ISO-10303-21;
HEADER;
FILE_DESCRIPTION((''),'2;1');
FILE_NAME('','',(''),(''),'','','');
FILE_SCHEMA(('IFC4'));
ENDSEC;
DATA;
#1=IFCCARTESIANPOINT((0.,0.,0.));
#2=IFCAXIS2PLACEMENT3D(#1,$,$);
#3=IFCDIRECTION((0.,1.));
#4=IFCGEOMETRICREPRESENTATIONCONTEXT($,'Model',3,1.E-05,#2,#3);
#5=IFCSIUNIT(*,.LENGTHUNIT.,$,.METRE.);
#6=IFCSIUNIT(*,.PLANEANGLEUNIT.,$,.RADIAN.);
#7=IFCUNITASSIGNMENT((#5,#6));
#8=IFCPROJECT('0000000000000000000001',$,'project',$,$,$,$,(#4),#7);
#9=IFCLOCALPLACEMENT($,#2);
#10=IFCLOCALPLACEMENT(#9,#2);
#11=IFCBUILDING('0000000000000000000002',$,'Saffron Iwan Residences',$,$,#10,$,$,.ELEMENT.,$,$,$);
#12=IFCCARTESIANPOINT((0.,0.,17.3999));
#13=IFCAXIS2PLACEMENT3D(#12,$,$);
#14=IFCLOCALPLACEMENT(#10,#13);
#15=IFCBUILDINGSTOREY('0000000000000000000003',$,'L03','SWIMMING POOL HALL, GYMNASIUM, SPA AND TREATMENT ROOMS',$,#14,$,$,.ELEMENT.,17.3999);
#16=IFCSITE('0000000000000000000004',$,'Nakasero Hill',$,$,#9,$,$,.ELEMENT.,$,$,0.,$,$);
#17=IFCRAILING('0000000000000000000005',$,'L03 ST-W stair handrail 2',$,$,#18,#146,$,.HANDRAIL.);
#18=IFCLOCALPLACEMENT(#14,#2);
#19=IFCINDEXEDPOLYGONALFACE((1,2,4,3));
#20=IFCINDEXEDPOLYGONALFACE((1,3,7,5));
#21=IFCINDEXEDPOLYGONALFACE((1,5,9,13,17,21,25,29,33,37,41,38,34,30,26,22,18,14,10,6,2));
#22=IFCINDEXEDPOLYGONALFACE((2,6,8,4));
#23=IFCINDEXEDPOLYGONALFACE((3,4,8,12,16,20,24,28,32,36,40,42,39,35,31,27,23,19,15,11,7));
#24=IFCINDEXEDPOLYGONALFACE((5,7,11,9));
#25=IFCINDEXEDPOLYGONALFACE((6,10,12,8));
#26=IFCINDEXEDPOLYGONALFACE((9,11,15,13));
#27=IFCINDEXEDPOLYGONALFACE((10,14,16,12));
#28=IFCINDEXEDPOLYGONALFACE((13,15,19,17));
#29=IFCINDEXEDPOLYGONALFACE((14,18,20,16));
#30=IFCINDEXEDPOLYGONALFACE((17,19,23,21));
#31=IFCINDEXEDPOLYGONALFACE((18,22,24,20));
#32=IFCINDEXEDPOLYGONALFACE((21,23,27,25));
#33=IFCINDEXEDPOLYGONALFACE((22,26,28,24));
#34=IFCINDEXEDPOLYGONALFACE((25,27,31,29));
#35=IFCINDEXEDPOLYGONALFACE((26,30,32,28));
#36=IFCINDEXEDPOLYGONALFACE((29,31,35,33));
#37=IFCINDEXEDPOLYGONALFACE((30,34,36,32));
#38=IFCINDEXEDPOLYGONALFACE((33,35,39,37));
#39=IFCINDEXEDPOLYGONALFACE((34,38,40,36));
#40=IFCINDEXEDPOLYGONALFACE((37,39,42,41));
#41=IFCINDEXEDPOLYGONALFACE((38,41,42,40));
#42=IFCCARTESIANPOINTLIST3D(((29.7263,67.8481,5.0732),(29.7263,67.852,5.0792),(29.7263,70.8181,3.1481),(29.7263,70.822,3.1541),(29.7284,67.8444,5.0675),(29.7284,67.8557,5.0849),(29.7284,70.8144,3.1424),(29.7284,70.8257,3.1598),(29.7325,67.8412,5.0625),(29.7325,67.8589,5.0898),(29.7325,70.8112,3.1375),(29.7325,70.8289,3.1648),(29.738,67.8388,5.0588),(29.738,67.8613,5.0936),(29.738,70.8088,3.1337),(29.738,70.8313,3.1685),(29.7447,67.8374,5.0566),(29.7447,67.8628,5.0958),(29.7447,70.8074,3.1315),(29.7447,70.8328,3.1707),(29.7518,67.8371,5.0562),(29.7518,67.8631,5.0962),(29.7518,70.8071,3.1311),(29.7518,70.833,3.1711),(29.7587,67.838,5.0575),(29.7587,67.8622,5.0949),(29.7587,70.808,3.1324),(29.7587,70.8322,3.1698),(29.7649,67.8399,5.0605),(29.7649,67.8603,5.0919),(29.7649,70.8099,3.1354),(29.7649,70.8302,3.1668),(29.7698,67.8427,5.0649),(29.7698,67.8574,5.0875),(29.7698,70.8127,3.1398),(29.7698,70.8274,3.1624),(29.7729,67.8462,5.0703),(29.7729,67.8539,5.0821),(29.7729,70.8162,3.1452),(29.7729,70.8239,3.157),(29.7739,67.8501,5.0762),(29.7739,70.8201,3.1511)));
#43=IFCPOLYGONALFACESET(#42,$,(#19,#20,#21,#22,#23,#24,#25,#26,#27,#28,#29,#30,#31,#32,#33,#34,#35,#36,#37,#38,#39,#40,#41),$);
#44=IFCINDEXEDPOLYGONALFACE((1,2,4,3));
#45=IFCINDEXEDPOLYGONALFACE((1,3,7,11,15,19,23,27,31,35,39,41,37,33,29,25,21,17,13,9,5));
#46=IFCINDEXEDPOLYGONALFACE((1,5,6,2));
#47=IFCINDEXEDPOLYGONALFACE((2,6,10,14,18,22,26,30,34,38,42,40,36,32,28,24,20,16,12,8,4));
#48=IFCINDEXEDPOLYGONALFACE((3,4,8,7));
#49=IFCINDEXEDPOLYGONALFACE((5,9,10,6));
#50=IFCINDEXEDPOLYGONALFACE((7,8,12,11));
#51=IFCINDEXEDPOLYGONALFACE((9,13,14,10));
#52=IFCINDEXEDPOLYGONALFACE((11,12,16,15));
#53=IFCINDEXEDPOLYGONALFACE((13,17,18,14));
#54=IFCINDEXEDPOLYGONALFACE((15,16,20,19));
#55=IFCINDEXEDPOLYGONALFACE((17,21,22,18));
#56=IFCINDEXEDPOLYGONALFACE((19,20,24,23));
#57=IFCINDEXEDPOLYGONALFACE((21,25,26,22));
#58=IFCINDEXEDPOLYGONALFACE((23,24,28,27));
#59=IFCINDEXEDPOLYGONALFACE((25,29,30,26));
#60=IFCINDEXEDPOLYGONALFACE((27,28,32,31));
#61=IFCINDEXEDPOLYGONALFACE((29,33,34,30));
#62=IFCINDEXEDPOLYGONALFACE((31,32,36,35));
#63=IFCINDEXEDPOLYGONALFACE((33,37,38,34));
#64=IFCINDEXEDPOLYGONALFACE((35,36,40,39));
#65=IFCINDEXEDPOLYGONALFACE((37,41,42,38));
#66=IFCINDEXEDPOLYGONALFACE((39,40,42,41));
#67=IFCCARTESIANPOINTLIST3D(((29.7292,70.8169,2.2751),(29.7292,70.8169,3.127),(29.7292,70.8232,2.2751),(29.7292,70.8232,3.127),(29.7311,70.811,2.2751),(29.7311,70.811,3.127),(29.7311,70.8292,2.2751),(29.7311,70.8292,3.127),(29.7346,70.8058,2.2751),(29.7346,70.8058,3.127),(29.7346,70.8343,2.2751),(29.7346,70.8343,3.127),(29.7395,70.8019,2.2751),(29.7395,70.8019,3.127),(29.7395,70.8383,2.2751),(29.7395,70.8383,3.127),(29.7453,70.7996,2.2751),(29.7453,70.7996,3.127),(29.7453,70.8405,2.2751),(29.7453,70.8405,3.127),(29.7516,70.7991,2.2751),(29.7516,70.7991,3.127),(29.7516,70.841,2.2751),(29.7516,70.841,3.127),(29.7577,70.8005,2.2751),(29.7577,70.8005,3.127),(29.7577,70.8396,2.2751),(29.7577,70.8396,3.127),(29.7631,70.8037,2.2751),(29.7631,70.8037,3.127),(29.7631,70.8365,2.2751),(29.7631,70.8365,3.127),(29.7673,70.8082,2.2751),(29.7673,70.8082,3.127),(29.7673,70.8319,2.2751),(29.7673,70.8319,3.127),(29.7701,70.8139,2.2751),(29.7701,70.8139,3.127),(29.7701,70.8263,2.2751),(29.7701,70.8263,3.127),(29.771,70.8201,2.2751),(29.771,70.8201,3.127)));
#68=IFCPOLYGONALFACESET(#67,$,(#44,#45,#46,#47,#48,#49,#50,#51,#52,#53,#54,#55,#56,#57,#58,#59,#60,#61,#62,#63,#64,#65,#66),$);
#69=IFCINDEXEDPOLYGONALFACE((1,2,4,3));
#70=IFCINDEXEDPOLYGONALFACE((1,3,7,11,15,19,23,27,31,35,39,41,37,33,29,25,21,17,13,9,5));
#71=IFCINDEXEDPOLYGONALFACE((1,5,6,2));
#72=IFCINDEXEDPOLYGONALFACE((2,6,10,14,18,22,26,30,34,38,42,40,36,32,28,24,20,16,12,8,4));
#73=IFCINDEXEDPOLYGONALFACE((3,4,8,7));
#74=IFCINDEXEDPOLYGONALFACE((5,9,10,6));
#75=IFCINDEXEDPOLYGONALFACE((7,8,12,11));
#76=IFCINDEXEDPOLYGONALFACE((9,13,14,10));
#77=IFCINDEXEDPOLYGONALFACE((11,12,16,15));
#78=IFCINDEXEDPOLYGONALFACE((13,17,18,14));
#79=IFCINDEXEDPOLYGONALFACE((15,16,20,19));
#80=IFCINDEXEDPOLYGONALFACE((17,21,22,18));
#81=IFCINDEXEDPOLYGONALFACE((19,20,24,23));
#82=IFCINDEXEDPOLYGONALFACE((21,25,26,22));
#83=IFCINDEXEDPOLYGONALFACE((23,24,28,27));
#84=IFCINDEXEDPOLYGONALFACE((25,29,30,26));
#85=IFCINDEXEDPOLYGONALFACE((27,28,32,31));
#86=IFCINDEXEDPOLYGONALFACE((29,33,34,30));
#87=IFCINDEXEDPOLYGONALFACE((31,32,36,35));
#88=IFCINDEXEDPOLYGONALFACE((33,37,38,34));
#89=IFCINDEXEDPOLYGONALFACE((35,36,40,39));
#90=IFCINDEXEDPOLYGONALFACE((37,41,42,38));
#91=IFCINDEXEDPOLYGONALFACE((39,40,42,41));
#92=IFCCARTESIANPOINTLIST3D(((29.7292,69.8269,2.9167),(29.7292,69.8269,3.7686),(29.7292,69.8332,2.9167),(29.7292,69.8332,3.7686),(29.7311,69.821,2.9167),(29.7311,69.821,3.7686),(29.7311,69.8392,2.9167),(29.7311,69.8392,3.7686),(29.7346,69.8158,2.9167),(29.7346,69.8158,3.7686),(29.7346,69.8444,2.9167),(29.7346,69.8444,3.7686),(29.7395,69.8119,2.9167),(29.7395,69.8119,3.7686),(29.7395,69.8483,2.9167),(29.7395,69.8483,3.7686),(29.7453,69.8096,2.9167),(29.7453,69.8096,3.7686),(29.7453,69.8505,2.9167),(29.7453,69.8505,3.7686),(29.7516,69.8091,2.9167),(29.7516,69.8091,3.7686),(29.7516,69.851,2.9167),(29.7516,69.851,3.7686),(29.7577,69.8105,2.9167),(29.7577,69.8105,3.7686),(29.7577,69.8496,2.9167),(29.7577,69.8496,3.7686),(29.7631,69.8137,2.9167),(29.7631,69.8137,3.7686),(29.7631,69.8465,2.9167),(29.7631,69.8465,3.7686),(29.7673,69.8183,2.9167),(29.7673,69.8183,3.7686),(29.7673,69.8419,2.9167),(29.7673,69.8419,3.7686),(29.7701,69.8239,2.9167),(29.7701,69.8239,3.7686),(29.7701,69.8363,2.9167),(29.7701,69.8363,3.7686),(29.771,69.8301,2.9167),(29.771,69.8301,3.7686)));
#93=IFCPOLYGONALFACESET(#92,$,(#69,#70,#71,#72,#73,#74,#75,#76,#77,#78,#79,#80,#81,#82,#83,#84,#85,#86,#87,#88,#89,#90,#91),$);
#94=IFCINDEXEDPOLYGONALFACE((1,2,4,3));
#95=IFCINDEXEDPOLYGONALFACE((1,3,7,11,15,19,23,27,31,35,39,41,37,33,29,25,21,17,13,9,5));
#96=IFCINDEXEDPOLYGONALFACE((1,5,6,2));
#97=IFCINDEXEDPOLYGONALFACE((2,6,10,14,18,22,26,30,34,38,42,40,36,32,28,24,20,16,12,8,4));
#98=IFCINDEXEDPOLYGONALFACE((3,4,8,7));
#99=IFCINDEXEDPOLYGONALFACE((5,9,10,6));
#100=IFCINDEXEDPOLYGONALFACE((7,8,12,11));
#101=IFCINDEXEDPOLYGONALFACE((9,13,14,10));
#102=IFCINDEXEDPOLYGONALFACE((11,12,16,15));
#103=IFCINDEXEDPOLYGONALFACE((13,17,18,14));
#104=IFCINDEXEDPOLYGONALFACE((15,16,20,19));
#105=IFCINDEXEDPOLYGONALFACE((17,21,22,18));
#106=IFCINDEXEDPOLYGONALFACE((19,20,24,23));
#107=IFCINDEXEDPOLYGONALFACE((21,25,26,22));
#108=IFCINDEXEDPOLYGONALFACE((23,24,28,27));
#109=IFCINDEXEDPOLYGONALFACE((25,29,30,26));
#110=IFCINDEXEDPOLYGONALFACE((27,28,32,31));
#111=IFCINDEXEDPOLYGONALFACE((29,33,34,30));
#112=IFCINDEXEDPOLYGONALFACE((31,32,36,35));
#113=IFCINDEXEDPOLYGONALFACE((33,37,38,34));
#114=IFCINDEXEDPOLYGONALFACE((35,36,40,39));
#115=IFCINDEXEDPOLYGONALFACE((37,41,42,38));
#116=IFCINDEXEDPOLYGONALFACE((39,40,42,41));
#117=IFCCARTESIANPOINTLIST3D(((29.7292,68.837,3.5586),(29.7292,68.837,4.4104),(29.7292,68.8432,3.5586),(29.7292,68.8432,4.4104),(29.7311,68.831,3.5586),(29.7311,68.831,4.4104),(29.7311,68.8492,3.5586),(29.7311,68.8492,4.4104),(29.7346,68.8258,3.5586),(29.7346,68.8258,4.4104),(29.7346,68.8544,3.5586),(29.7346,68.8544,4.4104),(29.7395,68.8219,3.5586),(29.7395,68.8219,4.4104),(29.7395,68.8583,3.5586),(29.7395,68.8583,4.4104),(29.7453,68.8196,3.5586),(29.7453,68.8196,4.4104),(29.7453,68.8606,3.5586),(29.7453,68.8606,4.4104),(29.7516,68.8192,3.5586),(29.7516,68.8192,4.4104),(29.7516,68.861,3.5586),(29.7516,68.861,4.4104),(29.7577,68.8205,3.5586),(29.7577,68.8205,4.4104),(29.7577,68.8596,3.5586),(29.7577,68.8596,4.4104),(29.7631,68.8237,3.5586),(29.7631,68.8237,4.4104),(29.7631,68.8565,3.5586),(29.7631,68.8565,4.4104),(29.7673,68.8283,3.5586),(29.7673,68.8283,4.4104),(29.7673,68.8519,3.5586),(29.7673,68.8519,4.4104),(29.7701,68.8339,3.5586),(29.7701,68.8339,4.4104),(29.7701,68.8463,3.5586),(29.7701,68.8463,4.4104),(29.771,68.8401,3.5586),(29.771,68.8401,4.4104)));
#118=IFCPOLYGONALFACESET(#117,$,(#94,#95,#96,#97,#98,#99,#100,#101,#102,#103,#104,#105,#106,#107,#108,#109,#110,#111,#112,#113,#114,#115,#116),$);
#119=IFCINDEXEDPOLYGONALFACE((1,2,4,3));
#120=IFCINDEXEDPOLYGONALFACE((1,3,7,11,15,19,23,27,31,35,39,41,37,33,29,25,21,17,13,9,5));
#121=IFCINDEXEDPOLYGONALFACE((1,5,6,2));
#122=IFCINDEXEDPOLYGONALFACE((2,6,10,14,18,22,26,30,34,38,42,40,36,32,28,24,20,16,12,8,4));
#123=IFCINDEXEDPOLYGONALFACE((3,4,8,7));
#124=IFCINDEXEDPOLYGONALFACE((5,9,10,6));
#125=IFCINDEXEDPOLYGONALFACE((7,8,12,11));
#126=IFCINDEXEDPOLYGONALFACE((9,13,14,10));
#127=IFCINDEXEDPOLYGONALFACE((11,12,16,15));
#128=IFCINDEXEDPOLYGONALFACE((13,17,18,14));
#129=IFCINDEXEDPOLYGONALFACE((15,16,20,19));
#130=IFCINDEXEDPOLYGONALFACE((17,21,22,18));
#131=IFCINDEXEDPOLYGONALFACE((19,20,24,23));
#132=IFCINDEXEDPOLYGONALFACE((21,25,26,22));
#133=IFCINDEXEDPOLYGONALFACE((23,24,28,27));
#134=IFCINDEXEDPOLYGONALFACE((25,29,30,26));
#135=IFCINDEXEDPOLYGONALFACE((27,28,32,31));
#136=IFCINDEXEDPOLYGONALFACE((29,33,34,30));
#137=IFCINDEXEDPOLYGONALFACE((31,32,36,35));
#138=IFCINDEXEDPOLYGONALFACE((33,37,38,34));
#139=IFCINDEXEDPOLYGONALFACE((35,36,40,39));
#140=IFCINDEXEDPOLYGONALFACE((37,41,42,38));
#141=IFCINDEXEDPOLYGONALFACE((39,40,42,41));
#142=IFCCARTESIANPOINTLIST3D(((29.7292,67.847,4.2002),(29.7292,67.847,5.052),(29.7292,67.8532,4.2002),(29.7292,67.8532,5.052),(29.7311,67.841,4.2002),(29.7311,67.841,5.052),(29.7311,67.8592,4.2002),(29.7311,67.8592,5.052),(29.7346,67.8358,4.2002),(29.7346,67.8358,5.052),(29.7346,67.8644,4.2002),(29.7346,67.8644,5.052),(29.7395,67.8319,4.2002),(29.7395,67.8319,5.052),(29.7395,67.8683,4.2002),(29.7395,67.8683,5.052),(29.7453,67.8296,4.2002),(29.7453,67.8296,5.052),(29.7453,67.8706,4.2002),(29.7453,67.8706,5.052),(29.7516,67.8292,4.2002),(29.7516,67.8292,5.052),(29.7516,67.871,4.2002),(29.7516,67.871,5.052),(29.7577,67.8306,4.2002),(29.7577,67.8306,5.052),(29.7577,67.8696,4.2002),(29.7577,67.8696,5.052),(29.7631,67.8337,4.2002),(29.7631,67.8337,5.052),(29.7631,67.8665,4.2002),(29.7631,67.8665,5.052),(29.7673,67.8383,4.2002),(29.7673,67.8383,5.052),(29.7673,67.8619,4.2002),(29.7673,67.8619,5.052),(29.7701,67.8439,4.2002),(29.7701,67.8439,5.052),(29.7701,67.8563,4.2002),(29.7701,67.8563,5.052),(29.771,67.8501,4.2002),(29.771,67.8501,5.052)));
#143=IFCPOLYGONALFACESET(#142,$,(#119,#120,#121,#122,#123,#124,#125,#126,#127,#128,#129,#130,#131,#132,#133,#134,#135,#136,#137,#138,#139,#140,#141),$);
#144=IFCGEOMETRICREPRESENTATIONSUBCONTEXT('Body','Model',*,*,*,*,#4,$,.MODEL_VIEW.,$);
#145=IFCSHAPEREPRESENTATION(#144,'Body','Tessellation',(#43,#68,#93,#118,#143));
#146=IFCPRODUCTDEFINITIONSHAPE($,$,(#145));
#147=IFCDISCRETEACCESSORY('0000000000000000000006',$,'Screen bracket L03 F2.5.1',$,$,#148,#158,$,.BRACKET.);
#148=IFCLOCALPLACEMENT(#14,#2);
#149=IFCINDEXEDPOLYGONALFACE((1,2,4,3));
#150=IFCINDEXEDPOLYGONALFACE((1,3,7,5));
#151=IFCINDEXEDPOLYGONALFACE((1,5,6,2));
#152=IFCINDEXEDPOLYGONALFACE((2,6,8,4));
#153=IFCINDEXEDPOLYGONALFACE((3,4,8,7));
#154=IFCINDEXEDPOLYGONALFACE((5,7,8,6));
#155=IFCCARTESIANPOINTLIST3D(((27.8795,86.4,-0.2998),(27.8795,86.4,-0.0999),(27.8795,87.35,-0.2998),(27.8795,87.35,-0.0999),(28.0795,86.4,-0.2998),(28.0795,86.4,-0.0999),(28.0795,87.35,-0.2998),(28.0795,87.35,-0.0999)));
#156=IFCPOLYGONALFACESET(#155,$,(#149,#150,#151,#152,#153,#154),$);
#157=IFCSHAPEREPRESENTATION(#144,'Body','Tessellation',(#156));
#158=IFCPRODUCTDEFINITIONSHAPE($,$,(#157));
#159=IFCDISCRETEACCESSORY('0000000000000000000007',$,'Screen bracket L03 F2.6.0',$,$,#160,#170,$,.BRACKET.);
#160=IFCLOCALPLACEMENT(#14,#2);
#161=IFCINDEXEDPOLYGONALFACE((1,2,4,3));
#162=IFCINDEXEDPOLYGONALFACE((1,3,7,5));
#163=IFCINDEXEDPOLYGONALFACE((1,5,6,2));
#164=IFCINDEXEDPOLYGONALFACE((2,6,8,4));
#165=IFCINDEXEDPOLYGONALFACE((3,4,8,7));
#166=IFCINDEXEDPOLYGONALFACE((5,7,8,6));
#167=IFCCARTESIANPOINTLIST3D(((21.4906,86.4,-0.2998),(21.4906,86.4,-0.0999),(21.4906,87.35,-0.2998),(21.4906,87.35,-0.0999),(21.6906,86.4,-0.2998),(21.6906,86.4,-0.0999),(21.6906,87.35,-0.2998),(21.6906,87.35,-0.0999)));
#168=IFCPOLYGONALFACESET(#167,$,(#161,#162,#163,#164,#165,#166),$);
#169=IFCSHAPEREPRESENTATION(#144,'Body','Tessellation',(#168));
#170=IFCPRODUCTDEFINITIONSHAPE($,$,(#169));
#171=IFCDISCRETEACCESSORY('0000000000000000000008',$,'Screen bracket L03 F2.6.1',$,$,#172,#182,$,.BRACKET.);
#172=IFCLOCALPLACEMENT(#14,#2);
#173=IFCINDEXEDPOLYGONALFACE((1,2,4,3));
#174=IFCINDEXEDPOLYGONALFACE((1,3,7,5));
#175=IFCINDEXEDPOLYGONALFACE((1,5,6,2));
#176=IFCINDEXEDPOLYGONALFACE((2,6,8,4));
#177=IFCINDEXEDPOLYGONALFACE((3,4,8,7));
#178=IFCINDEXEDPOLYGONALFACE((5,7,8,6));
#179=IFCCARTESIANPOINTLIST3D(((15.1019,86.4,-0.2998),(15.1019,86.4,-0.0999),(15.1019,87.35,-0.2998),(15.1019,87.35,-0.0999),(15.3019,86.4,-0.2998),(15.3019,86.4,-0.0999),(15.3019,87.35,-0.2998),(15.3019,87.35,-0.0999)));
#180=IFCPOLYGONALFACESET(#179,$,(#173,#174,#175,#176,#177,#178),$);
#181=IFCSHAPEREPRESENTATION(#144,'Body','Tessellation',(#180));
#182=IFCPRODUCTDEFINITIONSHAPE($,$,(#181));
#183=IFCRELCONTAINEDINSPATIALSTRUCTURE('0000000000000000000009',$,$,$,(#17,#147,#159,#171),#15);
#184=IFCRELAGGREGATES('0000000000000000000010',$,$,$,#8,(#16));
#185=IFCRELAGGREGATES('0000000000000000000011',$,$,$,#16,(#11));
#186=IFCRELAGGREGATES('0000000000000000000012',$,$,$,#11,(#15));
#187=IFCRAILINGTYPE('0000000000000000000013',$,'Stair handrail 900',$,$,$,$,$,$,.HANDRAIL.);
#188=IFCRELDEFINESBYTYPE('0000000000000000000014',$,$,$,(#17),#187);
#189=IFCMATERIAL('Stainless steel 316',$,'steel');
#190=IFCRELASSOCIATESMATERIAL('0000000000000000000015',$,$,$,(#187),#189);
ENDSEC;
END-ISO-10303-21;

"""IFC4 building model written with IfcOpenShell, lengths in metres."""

from ifc_helpers import new_model, si_unit, direction, frame, origin, origin_2d, place, context, subcontext, project, spatial, rectangle, circle, extrude, source, transform, mapped, material, type_object, element, save


model = new_model("IFC4")

# Units and contexts
model_context = context("Model", 3, precision=1e-05, world=origin(), true_north=direction((0.0, 1.0)))
body_context = subcontext(model_context, "Body", "Model", "MODEL_VIEW")
ifc_project = project(units=[si_unit("LENGTHUNIT", "METRE"), si_unit("PLANEANGLEUNIT", "RADIAN")], contexts=[model_context])

# Site, building, storey
site_placement = place(None, origin())
site = spatial("IfcSite", under=ifc_project, at=site_placement, Name="Nakasero Hill", CompositionType="ELEMENT", RefElevation=0.0)
building_placement = place(site_placement, origin())
building = spatial("IfcBuilding", under=site, at=building_placement, Name="Saffron Iwan Residences", CompositionType="ELEMENT")
storey_placement = place(building_placement, frame((0.0, 0.0, 17.3999)))
storey = spatial("IfcBuildingStorey", under=building, at=storey_placement, Name="L03", Description="SWIMMING POOL HALL, GYMNASIUM, SPA AND TREATMENT ROOMS", CompositionType="ELEMENT", Elevation=17.3999)

# Railing
ifc_material_1 = material(Name="Stainless steel 316", Category="steel")
railing_type_1 = type_object("IfcRailingType", Name="Stair handrail 900", PredefinedType="HANDRAIL", material=ifc_material_1)
railing_1_placement = place(storey_placement, frame((29.75, 70.8201, 2.2751)))
element("IfcRailing", 1, at=railing_1_placement, inside=storey, type_object=railing_type_1, Name="L03 ST-W stair handrail 2", PredefinedType="HANDRAIL", context=body_context, shape_type="SweptSolid", body=[
    extrude(circle(Radius=0.0239, at=origin_2d()), frame((0.0, 0.0, 0.876), z_axis=(0.0, -0.839144, 0.543909), x_axis=(1.0, 0.0, 0.0)), (0.0, 0.0, 1.0), 3.5393),
    extrude(circle(Radius=0.021, at=origin_2d()), origin(), (0.0, 0.0, 1.0), 0.8518),
    extrude(circle(Radius=0.021, at=origin_2d()), frame((0.0, -0.99, 0.6416)), (0.0, 0.0, 1.0), 0.8518),
    extrude(circle(Radius=0.021, at=origin_2d()), frame((0.0, -1.98, 1.2834)), (0.0, 0.0, 1.0), 0.8518),
    extrude(circle(Radius=0.021, at=origin_2d()), frame((0.0, -2.97, 1.925)), (0.0, 0.0, 1.0), 0.8518),
])

# Discrete accessories
shared_shape_1 = source(origin(), body_context, "Body", "SweptSolid", [
    extrude(rectangle(XDim=0.95, YDim=0.2, at=origin_2d()), origin(), (0.0, 0.0, 1.0), 0.2),
])
for number, where, z_axis, x_axis, name in (
    (2, (27.9795, 86.875, -0.2998), (0.0, 0.0, 1.0), (0.0, 1.0, 0.0), "Screen bracket L03 F2.5.1"),
    (3, (21.5906, 86.875, -0.2998), (0.0, 0.0, 1.0), (0.0, 1.0, 0.0), "Screen bracket L03 F2.6.0"),
    (4, (15.2019, 86.875, -0.2998), (0.0, 0.0, 1.0), (0.0, 1.0, 0.0), "Screen bracket L03 F2.6.1"),
):
    element("IfcDiscreteAccessory", number, at=place(storey_placement, frame(where, z_axis=z_axis, x_axis=x_axis)), inside=storey, Name=name, PredefinedType="BRACKET", context=body_context, shape_type="MappedRepresentation", body=[
        mapped(shared_shape_1, transform((0.0, 0.0, 0.0))),
    ])

save(model, "model.ifc")
